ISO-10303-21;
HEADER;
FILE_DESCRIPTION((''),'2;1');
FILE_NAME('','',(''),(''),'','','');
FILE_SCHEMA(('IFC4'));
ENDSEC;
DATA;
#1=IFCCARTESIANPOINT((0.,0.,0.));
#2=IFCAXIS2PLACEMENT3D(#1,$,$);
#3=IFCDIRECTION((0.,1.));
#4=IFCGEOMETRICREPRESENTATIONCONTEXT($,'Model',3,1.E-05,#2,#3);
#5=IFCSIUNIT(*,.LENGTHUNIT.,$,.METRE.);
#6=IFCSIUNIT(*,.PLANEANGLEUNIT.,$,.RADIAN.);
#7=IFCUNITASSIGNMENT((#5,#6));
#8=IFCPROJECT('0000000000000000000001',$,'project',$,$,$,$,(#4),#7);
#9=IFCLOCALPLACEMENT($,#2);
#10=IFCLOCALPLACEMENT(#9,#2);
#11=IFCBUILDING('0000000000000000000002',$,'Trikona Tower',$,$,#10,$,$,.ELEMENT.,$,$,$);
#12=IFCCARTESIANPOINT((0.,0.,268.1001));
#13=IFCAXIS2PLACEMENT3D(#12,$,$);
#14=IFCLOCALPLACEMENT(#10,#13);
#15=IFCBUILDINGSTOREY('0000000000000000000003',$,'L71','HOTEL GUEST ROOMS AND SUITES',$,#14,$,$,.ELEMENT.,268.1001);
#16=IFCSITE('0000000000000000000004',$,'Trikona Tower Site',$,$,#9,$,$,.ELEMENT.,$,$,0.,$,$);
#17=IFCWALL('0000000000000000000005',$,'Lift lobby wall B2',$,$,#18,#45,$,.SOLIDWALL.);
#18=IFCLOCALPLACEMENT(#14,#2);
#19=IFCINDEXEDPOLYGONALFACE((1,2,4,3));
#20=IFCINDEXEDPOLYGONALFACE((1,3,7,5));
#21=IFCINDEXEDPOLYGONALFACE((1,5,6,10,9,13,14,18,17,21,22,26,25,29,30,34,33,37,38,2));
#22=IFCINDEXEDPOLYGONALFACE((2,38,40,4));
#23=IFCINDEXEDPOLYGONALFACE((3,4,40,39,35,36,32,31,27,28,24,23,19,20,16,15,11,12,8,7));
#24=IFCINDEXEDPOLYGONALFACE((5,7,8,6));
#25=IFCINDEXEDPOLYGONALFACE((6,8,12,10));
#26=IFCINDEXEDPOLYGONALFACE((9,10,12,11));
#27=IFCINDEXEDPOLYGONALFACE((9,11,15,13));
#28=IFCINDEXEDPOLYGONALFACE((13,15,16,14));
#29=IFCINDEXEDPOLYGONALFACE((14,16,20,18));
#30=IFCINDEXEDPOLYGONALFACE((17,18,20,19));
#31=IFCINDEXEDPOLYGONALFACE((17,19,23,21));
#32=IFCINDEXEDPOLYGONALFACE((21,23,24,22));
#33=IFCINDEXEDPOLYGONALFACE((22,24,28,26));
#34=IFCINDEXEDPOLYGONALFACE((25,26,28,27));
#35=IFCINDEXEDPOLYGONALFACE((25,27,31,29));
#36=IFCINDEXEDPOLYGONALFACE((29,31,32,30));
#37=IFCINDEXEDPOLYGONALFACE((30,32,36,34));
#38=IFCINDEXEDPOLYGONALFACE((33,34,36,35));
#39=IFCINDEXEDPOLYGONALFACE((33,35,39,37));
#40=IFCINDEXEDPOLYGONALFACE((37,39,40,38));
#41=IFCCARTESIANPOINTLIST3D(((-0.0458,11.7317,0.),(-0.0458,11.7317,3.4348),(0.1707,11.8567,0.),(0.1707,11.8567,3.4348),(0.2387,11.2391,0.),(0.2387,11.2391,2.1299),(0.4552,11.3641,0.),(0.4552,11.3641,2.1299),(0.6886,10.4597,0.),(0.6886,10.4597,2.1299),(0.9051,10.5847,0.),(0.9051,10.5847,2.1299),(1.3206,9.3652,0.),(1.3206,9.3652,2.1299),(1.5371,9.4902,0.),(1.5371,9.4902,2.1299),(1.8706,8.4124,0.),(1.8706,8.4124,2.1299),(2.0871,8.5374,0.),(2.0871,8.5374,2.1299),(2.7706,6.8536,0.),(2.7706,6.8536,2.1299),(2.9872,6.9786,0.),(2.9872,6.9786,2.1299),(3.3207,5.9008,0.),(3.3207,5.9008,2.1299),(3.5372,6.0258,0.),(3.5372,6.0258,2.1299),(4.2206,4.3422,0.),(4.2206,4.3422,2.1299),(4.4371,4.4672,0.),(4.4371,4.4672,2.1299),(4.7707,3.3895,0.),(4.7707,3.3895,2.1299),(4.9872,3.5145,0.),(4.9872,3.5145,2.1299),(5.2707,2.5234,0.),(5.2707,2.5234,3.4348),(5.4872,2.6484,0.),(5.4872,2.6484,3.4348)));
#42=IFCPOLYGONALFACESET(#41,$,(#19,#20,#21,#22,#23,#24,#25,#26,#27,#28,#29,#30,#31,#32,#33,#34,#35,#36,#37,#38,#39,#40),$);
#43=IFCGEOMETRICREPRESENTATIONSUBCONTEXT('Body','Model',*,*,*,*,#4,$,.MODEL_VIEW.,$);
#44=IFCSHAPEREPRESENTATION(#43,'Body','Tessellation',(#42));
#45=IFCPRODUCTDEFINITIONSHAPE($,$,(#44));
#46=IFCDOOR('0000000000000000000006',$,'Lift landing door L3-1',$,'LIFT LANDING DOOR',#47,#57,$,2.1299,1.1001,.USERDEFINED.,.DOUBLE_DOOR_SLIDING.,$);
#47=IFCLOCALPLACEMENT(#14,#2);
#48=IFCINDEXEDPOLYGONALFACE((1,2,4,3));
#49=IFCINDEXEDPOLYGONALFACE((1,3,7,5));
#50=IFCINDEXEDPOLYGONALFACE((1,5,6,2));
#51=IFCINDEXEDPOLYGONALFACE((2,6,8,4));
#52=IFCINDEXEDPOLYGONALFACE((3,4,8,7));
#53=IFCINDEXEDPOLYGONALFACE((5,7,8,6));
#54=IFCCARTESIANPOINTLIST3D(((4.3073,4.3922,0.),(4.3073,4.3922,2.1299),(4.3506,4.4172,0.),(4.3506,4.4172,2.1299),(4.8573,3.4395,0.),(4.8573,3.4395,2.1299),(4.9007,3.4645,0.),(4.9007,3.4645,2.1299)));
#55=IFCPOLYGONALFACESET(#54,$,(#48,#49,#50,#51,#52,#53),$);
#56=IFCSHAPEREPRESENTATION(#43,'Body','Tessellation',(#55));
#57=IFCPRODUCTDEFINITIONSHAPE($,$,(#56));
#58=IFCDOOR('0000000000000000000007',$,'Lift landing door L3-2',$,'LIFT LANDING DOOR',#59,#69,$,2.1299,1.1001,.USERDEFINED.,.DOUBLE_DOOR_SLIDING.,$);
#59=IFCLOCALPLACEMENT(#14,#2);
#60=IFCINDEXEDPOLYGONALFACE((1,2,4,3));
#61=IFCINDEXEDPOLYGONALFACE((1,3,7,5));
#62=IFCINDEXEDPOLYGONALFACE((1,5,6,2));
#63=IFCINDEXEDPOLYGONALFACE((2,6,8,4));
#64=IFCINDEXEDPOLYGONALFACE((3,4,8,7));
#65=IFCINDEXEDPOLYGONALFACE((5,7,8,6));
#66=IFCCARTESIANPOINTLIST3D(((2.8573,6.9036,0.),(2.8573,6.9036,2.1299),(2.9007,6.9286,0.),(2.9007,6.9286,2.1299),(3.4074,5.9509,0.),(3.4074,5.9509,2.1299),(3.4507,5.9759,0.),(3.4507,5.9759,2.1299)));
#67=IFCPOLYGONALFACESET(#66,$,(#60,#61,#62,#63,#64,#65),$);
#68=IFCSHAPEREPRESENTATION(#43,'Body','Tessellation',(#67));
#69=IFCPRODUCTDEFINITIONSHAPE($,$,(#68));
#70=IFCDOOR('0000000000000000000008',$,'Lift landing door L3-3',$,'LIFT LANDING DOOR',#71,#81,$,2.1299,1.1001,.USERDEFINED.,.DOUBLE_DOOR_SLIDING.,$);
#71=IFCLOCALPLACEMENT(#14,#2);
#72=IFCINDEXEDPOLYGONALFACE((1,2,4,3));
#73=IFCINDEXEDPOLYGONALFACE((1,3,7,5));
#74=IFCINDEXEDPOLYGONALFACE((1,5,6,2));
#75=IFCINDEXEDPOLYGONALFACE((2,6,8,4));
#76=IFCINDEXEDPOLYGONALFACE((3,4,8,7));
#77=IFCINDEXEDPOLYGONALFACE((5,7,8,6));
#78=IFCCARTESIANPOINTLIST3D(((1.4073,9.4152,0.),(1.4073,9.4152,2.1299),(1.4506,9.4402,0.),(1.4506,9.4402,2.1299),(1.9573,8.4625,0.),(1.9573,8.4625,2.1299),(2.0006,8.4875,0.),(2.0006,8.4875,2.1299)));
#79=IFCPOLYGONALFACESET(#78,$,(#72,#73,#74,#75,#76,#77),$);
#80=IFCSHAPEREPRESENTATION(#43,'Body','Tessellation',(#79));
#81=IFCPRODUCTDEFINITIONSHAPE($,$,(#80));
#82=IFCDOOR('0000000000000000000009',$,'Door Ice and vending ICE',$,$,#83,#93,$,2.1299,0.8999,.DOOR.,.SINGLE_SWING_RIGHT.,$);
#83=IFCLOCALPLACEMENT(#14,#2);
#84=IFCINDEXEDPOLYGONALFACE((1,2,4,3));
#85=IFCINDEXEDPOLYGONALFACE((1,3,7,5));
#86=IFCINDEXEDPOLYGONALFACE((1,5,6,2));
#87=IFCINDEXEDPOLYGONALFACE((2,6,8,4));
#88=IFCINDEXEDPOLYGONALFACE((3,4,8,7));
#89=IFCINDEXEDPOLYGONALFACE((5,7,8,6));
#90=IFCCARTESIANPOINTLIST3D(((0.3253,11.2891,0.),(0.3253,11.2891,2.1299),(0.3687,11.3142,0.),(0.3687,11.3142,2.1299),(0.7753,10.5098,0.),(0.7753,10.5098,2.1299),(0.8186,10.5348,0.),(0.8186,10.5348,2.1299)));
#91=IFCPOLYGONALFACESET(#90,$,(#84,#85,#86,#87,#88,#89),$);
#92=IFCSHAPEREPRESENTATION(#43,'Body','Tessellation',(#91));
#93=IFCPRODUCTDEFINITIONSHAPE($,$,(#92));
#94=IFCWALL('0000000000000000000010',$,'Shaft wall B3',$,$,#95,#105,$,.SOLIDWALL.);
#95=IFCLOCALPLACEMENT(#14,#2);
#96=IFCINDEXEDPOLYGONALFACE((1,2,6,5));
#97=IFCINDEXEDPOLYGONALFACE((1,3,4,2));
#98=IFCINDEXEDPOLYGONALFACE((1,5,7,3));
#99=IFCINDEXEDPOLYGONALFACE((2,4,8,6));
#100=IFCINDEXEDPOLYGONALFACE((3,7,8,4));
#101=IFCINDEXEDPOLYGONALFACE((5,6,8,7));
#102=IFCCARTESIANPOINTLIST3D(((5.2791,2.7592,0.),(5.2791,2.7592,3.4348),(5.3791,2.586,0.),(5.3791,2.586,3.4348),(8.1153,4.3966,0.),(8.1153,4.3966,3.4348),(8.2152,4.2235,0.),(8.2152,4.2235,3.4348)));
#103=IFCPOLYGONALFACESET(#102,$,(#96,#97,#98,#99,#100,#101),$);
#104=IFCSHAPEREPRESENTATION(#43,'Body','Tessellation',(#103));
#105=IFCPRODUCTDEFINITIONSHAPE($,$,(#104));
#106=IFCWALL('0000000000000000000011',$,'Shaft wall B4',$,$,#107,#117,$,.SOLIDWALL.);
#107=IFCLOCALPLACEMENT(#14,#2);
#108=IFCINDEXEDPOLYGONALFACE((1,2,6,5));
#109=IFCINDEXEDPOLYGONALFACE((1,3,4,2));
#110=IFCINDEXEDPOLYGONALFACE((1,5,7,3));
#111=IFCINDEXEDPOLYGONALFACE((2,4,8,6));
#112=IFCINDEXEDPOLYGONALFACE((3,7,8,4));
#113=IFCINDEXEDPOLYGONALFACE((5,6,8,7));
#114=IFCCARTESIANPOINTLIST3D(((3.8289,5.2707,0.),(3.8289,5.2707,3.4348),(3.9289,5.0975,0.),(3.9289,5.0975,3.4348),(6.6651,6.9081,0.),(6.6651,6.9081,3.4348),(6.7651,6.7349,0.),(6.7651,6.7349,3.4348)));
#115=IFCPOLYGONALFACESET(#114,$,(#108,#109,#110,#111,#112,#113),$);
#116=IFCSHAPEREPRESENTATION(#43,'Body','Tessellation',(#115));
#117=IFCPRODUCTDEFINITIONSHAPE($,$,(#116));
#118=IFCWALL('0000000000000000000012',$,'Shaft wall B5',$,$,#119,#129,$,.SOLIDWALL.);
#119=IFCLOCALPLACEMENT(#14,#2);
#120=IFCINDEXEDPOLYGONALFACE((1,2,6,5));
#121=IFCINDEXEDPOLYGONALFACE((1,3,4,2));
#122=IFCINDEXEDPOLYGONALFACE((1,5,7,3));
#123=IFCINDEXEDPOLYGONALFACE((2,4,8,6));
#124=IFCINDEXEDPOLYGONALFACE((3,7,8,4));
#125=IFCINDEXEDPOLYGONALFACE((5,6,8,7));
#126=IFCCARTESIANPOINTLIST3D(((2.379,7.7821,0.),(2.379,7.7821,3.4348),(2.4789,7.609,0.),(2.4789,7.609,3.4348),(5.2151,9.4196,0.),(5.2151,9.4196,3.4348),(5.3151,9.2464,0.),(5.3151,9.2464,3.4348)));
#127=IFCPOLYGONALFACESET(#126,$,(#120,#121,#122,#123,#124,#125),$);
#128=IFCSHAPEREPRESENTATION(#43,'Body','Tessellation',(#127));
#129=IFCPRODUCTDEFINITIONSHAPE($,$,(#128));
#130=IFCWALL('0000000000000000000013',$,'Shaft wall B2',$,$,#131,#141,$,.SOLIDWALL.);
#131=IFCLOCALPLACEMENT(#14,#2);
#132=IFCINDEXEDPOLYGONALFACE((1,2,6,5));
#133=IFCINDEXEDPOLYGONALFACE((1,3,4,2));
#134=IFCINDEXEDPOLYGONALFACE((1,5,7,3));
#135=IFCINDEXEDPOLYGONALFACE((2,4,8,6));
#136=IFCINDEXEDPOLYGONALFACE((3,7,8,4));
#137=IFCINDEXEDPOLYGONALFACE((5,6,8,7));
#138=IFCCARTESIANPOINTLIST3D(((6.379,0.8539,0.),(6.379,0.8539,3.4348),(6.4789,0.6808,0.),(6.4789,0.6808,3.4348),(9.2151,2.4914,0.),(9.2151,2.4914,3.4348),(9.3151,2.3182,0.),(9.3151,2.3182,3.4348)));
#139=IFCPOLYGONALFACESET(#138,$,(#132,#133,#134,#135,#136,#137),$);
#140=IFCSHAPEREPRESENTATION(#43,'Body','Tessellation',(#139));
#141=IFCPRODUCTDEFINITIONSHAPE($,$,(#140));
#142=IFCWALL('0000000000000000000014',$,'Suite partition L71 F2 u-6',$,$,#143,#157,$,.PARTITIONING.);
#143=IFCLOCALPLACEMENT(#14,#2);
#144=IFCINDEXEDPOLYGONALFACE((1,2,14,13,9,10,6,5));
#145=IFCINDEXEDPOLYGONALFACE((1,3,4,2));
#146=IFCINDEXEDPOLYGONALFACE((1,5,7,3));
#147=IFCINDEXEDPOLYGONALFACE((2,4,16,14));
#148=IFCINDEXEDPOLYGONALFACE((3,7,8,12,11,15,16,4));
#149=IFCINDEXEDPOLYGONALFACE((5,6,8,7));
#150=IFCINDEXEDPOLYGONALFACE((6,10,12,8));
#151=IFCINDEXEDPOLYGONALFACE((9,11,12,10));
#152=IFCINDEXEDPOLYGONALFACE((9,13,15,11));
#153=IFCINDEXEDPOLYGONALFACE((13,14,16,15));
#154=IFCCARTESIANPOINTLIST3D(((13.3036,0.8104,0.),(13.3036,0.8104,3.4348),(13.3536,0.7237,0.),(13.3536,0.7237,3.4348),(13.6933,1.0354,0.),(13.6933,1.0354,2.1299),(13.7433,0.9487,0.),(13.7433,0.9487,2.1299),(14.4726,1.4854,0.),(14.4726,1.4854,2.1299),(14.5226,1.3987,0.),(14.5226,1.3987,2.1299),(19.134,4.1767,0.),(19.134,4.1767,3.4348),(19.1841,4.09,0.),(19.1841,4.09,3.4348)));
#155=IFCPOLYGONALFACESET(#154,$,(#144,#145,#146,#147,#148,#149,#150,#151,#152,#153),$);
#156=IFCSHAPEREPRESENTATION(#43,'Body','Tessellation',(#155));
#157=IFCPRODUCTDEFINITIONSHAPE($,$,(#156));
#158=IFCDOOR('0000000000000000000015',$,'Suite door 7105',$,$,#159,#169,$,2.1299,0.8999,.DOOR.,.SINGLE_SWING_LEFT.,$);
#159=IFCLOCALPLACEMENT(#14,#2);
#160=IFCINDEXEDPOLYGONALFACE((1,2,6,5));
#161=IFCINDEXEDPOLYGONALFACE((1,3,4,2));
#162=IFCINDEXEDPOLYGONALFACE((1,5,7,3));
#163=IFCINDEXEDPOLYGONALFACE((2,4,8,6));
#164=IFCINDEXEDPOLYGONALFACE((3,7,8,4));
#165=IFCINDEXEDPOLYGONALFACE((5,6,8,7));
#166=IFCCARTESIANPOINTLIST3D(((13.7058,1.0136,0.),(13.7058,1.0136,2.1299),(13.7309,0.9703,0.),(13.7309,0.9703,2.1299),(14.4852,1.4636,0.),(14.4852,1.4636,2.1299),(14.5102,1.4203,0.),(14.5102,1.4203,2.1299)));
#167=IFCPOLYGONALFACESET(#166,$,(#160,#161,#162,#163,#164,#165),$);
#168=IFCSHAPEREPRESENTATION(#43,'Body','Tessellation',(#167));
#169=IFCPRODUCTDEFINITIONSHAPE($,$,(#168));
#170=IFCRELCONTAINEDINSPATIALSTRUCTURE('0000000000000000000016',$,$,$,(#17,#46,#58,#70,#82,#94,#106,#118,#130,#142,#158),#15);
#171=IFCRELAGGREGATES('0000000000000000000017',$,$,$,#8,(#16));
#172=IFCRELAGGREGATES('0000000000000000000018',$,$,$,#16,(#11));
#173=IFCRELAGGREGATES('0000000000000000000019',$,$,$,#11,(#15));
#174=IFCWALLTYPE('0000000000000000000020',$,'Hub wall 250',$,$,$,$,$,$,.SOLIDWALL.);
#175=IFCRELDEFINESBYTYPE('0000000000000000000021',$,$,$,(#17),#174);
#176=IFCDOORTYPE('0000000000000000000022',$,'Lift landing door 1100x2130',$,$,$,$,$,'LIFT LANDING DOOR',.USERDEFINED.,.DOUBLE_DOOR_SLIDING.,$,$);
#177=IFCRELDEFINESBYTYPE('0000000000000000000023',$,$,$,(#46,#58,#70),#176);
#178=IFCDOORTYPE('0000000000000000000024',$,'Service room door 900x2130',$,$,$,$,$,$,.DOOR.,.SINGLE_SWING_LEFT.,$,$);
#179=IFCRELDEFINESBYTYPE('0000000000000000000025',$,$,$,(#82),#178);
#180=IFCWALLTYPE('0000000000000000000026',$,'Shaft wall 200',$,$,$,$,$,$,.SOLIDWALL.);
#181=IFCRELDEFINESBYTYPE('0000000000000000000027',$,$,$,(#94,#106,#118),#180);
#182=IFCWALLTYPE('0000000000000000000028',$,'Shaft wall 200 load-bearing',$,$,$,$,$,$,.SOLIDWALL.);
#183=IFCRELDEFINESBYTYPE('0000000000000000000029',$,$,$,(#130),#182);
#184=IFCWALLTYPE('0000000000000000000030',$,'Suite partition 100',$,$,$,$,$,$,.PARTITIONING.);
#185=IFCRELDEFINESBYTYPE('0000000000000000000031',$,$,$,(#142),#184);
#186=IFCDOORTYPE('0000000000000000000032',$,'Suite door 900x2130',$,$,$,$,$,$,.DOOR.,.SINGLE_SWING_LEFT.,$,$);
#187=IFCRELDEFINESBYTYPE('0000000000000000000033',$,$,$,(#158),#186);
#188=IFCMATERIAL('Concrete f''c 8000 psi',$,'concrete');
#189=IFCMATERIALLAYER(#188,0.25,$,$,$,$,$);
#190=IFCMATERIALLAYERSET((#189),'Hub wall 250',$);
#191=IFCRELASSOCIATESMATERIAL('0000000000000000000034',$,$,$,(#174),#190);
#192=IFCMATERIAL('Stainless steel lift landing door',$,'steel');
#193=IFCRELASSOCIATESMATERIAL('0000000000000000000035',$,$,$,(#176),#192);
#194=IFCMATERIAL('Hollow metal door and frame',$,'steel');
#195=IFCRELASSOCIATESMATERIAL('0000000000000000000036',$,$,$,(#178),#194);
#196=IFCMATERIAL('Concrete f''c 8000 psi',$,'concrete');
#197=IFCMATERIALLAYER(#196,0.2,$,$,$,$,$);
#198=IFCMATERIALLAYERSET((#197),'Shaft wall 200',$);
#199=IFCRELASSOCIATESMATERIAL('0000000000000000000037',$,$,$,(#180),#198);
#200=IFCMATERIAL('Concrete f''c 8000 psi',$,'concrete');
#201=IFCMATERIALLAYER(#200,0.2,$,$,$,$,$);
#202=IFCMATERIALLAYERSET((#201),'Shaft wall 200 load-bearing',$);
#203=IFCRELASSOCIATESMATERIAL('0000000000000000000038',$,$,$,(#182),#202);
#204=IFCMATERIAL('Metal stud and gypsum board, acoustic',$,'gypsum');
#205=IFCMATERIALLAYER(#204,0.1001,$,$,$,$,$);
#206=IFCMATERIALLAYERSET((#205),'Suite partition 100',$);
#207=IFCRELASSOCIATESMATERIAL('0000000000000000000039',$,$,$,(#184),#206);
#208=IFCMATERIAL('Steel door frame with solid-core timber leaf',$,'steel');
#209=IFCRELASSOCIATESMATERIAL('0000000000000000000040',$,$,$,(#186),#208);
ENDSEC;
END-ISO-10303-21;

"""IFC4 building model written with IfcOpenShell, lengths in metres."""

from ifc_helpers import new_model, si_unit, direction, frame, frame_2d, origin, place, context, subcontext, project, spatial, rectangle, extrude, material, layer, layer_set, type_object, element, fill, save


model = new_model("IFC4")

# Units and contexts
model_context = context("Model", 3, precision=1e-05, world=origin(), true_north=direction((0.0, 1.0)))
body_context = subcontext(model_context, "Body", "Model", "MODEL_VIEW")
ifc_project = project(units=[si_unit("LENGTHUNIT", "METRE"), si_unit("PLANEANGLEUNIT", "RADIAN")], contexts=[model_context])

# Site, building, storey
site_placement = place(None, origin())
site = spatial("IfcSite", under=ifc_project, at=site_placement, Name="Trikona Tower Site", CompositionType="ELEMENT", RefElevation=0.0)
building_placement = place(site_placement, origin())
building = spatial("IfcBuilding", under=site, at=building_placement, Name="Trikona Tower", CompositionType="ELEMENT")
storey_placement = place(building_placement, frame((0.0, 0.0, 268.1001)))
storey = spatial("IfcBuildingStorey", under=building, at=storey_placement, Name="L71", Description="HOTEL GUEST ROOMS AND SUITES", CompositionType="ELEMENT", Elevation=268.1001)

# Wall, openings, doors
ifc_material_1 = material(Name="Concrete f'c 8000 psi", Category="concrete")
ifc_layer_1 = layer(ifc_material_1, 0.25)
ifc_layer_set_1 = layer_set([ifc_layer_1], Name="Hub wall 250")
wall_type_1 = type_object("IfcWallType", Name="Hub wall 250", PredefinedType="SOLIDWALL", material=ifc_layer_set_1)
wall_1_placement = place(storey_placement, frame((5.3789, 2.5859, 0.0), z_axis=(0.0, 0.0, 1.0), x_axis=(-0.500001, 0.866025, 0.0)))
wall_1 = element("IfcWall", 1, at=wall_1_placement, inside=storey, type_object=wall_type_1, Name="Lift lobby wall B2", PredefinedType="SOLIDWALL", context=body_context, shape_type="SweptSolid", body=[
    extrude(rectangle(XDim=10.6328, YDim=0.25, at=frame_2d((5.3164, 0.0))), origin(), (0.0, 0.0, 1.0), 3.4348),
])
opening_1_placement = place(wall_1_placement, frame((9.1641, 0.0, 0.0)))
opening_1 = element("IfcOpeningElement", 2, at=opening_1_placement, cuts=wall_1, PredefinedType="OPENING", context=body_context, shape_type="SweptSolid", body=[
    extrude(rectangle(XDim=0.8999, YDim=2.1299, at=frame_2d((0.45, 1.0649))), frame((0.0, 0.135, 0.0), z_axis=(0.0, -1.0, 0.0), x_axis=(1.0, 0.0, 0.0)), (0.0, 0.0, 1.0), 0.27),
])
opening_2_placement = place(wall_1_placement, frame((1.0, 0.0, 0.0)))
opening_2 = element("IfcOpeningElement", 3, at=opening_2_placement, cuts=wall_1, PredefinedType="OPENING", context=body_context, shape_type="SweptSolid", body=[
    extrude(rectangle(XDim=1.1001, YDim=2.1299, at=frame_2d((0.55, 1.0649))), frame((0.0, 0.135, 0.0), z_axis=(0.0, -1.0, 0.0), x_axis=(1.0, 0.0, 0.0)), (0.0, 0.0, 1.0), 0.27),
])
opening_3_placement = place(wall_1_placement, frame((3.8999, 0.0, 0.0)))
opening_3 = element("IfcOpeningElement", 4, at=opening_3_placement, cuts=wall_1, PredefinedType="OPENING", context=body_context, shape_type="SweptSolid", body=[
    extrude(rectangle(XDim=1.1001, YDim=2.1299, at=frame_2d((0.55, 1.0649))), frame((0.0, 0.135, 0.0), z_axis=(0.0, -1.0, 0.0), x_axis=(1.0, 0.0, 0.0)), (0.0, 0.0, 1.0), 0.27),
])
opening_4_placement = place(wall_1_placement, frame((6.8, 0.0, 0.0)))
opening_4 = element("IfcOpeningElement", 5, at=opening_4_placement, cuts=wall_1, PredefinedType="OPENING", context=body_context, shape_type="SweptSolid", body=[
    extrude(rectangle(XDim=1.1001, YDim=2.1299, at=frame_2d((0.55, 1.0649))), frame((0.0, 0.135, 0.0), z_axis=(0.0, -1.0, 0.0), x_axis=(1.0, 0.0, 0.0)), (0.0, 0.0, 1.0), 0.27),
])
ifc_material_2 = material(Name="Stainless steel lift landing door", Category="steel")
door_type_1 = type_object("IfcDoorType", Name="Lift landing door 1100x2130", ElementType="LIFT LANDING DOOR", OperationType="DOUBLE_DOOR_SLIDING", PredefinedType="USERDEFINED", material=ifc_material_2)
door_1_placement = place(opening_2_placement, origin())
door_1 = element("IfcDoor", 6, at=door_1_placement, inside=storey, type_object=door_type_1, Name="Lift landing door L3-1", ObjectType="LIFT LANDING DOOR", OperationType="DOUBLE_DOOR_SLIDING", OverallHeight=2.1299, OverallWidth=1.1001, PredefinedType="USERDEFINED", context=body_context, shape_type="SweptSolid", body=[
    extrude(rectangle(XDim=1.1001, YDim=2.1299, at=frame_2d((0.55, 1.0649))), frame((0.0, 0.0249, 0.0), z_axis=(0.0, -1.0, 0.0), x_axis=(1.0, 0.0, 0.0)), (0.0, 0.0, 1.0), 0.05),
])
fill(opening_2, door_1)
door_2_placement = place(opening_3_placement, origin())
door_2 = element("IfcDoor", 7, at=door_2_placement, inside=storey, type_object=door_type_1, Name="Lift landing door L3-2", ObjectType="LIFT LANDING DOOR", OperationType="DOUBLE_DOOR_SLIDING", OverallHeight=2.1299, OverallWidth=1.1001, PredefinedType="USERDEFINED", context=body_context, shape_type="SweptSolid", body=[
    extrude(rectangle(XDim=1.1001, YDim=2.1299, at=frame_2d((0.55, 1.0649))), frame((0.0, 0.0249, 0.0), z_axis=(0.0, -1.0, 0.0), x_axis=(1.0, 0.0, 0.0)), (0.0, 0.0, 1.0), 0.05),
])
fill(opening_3, door_2)
door_3_placement = place(opening_4_placement, origin())
door_3 = element("IfcDoor", 8, at=door_3_placement, inside=storey, type_object=door_type_1, Name="Lift landing door L3-3", ObjectType="LIFT LANDING DOOR", OperationType="DOUBLE_DOOR_SLIDING", OverallHeight=2.1299, OverallWidth=1.1001, PredefinedType="USERDEFINED", context=body_context, shape_type="SweptSolid", body=[
    extrude(rectangle(XDim=1.1001, YDim=2.1299, at=frame_2d((0.55, 1.0649))), frame((0.0, 0.0249, 0.0), z_axis=(0.0, -1.0, 0.0), x_axis=(1.0, 0.0, 0.0)), (0.0, 0.0, 1.0), 0.05),
])
fill(opening_4, door_3)
ifc_material_3 = material(Name="Hollow metal door and frame", Category="steel")
door_type_2 = type_object("IfcDoorType", Name="Service room door 900x2130", OperationType="SINGLE_SWING_LEFT", PredefinedType="DOOR", material=ifc_material_3)
door_4_placement = place(opening_1_placement, origin())
door_4 = element("IfcDoor", 9, at=door_4_placement, inside=storey, type_object=door_type_2, Name="Door Ice and vending ICE", OperationType="SINGLE_SWING_RIGHT", OverallHeight=2.1299, OverallWidth=0.8999, PredefinedType="DOOR", context=body_context, shape_type="SweptSolid", body=[
    extrude(rectangle(XDim=0.8999, YDim=2.1299, at=frame_2d((0.45, 1.0649))), frame((0.0, 0.0249, 0.0), z_axis=(0.0, -1.0, 0.0), x_axis=(1.0, 0.0, 0.0)), (0.0, 0.0, 1.0), 0.05),
])
fill(opening_1, door_4)

# Walls
ifc_material_4 = material(Name="Concrete f'c 8000 psi", Category="concrete")
ifc_layer_2 = layer(ifc_material_4, 0.2)
ifc_layer_set_2 = layer_set([ifc_layer_2], Name="Shaft wall 200")
wall_type_2 = type_object("IfcWallType", Name="Shaft wall 200", PredefinedType="SOLIDWALL", material=ifc_layer_set_2)
for number, where, z_axis, x_axis, name in (
    (10, (5.3291, 2.6726, 0.0), (0.0, 0.0, 1.0), (0.866028, 0.499996, 0.0), "Shaft wall B3"),
    (11, (3.8789, 5.1841, 0.0), (0.0, 0.0, 1.0), (0.866028, 0.499996, 0.0), "Shaft wall B4"),
    (12, (2.429, 7.6956, 0.0), (0.0, 0.0, 1.0), (0.866028, 0.499996, 0.0), "Shaft wall B5"),
):
    element("IfcWall", number, at=place(storey_placement, frame(where, z_axis=z_axis, x_axis=x_axis)), inside=storey, type_object=wall_type_2, Name=name, PredefinedType="SOLIDWALL", context=body_context, shape_type="SweptSolid", body=[
        extrude(rectangle(XDim=3.2749, YDim=0.2, at=frame_2d((1.6375, 0.0))), origin(), (0.0, 0.0, 1.0), 3.4348),
    ])
ifc_material_5 = material(Name="Concrete f'c 8000 psi", Category="concrete")
ifc_layer_3 = layer(ifc_material_5, 0.2)
ifc_layer_set_3 = layer_set([ifc_layer_3], Name="Shaft wall 200 load-bearing")
wall_type_3 = type_object("IfcWallType", Name="Shaft wall 200 load-bearing", PredefinedType="SOLIDWALL", material=ifc_layer_set_3)
wall_2_placement = place(storey_placement, frame((6.429, 0.7673, 0.0), z_axis=(0.0, 0.0, 1.0), x_axis=(0.866028, 0.499996, 0.0)))
element("IfcWall", 13, at=wall_2_placement, inside=storey, type_object=wall_type_3, Name="Shaft wall B2", PredefinedType="SOLIDWALL", context=body_context, shape_type="SweptSolid", body=[
    extrude(rectangle(XDim=3.2749, YDim=0.2, at=frame_2d((1.6375, 0.0))), origin(), (0.0, 0.0, 1.0), 3.4348),
])

# Wall, opening, door
ifc_material_6 = material(Name="Metal stud and gypsum board, acoustic", Category="gypsum")
ifc_layer_4 = layer(ifc_material_6, 0.1001)
ifc_layer_set_4 = layer_set([ifc_layer_4], Name="Suite partition 100")
wall_type_4 = type_object("IfcWallType", Name="Suite partition 100", PredefinedType="PARTITIONING", material=ifc_layer_set_4)
wall_3_placement = place(storey_placement, frame((13.3286, 0.7671, 0.0), z_axis=(0.0, 0.0, 1.0), x_axis=(0.866021, 0.500008, 0.0)))
wall_3 = element("IfcWall", 14, at=wall_3_placement, inside=storey, type_object=wall_type_4, Name="Suite partition L71 F2 u-6", PredefinedType="PARTITIONING", context=body_context, shape_type="SweptSolid", body=[
    extrude(rectangle(XDim=6.7324, YDim=0.1001, at=frame_2d((3.3662, 0.0))), origin(), (0.0, 0.0, 1.0), 3.4348),
])
opening_5_placement = place(wall_3_placement, frame((0.45, 0.0, 0.0)))
opening_5 = element("IfcOpeningElement", 15, at=opening_5_placement, cuts=wall_3, PredefinedType="OPENING", context=body_context, shape_type="SweptSolid", body=[
    extrude(rectangle(XDim=0.8999, YDim=2.1299, at=frame_2d((0.45, 1.0649))), frame((0.0, 0.0601, 0.0), z_axis=(0.0, -1.0, 0.0), x_axis=(1.0, 0.0, 0.0)), (0.0, 0.0, 1.0), 0.1201),
])
ifc_material_7 = material(Name="Steel door frame with solid-core timber leaf", Category="steel")
door_type_3 = type_object("IfcDoorType", Name="Suite door 900x2130", OperationType="SINGLE_SWING_LEFT", PredefinedType="DOOR", material=ifc_material_7)
door_5_placement = place(opening_5_placement, origin())
door_5 = element("IfcDoor", 16, at=door_5_placement, inside=storey, type_object=door_type_3, Name="Suite door 7105", OperationType="SINGLE_SWING_LEFT", OverallHeight=2.1299, OverallWidth=0.8999, PredefinedType="DOOR", context=body_context, shape_type="SweptSolid", body=[
    extrude(rectangle(XDim=0.8999, YDim=2.1299, at=frame_2d((0.45, 1.0649))), frame((0.0, 0.0249, 0.0), z_axis=(0.0, -1.0, 0.0), x_axis=(1.0, 0.0, 0.0)), (0.0, 0.0, 1.0), 0.05),
])
fill(opening_5, door_5)

save(model, "model.ifc")
